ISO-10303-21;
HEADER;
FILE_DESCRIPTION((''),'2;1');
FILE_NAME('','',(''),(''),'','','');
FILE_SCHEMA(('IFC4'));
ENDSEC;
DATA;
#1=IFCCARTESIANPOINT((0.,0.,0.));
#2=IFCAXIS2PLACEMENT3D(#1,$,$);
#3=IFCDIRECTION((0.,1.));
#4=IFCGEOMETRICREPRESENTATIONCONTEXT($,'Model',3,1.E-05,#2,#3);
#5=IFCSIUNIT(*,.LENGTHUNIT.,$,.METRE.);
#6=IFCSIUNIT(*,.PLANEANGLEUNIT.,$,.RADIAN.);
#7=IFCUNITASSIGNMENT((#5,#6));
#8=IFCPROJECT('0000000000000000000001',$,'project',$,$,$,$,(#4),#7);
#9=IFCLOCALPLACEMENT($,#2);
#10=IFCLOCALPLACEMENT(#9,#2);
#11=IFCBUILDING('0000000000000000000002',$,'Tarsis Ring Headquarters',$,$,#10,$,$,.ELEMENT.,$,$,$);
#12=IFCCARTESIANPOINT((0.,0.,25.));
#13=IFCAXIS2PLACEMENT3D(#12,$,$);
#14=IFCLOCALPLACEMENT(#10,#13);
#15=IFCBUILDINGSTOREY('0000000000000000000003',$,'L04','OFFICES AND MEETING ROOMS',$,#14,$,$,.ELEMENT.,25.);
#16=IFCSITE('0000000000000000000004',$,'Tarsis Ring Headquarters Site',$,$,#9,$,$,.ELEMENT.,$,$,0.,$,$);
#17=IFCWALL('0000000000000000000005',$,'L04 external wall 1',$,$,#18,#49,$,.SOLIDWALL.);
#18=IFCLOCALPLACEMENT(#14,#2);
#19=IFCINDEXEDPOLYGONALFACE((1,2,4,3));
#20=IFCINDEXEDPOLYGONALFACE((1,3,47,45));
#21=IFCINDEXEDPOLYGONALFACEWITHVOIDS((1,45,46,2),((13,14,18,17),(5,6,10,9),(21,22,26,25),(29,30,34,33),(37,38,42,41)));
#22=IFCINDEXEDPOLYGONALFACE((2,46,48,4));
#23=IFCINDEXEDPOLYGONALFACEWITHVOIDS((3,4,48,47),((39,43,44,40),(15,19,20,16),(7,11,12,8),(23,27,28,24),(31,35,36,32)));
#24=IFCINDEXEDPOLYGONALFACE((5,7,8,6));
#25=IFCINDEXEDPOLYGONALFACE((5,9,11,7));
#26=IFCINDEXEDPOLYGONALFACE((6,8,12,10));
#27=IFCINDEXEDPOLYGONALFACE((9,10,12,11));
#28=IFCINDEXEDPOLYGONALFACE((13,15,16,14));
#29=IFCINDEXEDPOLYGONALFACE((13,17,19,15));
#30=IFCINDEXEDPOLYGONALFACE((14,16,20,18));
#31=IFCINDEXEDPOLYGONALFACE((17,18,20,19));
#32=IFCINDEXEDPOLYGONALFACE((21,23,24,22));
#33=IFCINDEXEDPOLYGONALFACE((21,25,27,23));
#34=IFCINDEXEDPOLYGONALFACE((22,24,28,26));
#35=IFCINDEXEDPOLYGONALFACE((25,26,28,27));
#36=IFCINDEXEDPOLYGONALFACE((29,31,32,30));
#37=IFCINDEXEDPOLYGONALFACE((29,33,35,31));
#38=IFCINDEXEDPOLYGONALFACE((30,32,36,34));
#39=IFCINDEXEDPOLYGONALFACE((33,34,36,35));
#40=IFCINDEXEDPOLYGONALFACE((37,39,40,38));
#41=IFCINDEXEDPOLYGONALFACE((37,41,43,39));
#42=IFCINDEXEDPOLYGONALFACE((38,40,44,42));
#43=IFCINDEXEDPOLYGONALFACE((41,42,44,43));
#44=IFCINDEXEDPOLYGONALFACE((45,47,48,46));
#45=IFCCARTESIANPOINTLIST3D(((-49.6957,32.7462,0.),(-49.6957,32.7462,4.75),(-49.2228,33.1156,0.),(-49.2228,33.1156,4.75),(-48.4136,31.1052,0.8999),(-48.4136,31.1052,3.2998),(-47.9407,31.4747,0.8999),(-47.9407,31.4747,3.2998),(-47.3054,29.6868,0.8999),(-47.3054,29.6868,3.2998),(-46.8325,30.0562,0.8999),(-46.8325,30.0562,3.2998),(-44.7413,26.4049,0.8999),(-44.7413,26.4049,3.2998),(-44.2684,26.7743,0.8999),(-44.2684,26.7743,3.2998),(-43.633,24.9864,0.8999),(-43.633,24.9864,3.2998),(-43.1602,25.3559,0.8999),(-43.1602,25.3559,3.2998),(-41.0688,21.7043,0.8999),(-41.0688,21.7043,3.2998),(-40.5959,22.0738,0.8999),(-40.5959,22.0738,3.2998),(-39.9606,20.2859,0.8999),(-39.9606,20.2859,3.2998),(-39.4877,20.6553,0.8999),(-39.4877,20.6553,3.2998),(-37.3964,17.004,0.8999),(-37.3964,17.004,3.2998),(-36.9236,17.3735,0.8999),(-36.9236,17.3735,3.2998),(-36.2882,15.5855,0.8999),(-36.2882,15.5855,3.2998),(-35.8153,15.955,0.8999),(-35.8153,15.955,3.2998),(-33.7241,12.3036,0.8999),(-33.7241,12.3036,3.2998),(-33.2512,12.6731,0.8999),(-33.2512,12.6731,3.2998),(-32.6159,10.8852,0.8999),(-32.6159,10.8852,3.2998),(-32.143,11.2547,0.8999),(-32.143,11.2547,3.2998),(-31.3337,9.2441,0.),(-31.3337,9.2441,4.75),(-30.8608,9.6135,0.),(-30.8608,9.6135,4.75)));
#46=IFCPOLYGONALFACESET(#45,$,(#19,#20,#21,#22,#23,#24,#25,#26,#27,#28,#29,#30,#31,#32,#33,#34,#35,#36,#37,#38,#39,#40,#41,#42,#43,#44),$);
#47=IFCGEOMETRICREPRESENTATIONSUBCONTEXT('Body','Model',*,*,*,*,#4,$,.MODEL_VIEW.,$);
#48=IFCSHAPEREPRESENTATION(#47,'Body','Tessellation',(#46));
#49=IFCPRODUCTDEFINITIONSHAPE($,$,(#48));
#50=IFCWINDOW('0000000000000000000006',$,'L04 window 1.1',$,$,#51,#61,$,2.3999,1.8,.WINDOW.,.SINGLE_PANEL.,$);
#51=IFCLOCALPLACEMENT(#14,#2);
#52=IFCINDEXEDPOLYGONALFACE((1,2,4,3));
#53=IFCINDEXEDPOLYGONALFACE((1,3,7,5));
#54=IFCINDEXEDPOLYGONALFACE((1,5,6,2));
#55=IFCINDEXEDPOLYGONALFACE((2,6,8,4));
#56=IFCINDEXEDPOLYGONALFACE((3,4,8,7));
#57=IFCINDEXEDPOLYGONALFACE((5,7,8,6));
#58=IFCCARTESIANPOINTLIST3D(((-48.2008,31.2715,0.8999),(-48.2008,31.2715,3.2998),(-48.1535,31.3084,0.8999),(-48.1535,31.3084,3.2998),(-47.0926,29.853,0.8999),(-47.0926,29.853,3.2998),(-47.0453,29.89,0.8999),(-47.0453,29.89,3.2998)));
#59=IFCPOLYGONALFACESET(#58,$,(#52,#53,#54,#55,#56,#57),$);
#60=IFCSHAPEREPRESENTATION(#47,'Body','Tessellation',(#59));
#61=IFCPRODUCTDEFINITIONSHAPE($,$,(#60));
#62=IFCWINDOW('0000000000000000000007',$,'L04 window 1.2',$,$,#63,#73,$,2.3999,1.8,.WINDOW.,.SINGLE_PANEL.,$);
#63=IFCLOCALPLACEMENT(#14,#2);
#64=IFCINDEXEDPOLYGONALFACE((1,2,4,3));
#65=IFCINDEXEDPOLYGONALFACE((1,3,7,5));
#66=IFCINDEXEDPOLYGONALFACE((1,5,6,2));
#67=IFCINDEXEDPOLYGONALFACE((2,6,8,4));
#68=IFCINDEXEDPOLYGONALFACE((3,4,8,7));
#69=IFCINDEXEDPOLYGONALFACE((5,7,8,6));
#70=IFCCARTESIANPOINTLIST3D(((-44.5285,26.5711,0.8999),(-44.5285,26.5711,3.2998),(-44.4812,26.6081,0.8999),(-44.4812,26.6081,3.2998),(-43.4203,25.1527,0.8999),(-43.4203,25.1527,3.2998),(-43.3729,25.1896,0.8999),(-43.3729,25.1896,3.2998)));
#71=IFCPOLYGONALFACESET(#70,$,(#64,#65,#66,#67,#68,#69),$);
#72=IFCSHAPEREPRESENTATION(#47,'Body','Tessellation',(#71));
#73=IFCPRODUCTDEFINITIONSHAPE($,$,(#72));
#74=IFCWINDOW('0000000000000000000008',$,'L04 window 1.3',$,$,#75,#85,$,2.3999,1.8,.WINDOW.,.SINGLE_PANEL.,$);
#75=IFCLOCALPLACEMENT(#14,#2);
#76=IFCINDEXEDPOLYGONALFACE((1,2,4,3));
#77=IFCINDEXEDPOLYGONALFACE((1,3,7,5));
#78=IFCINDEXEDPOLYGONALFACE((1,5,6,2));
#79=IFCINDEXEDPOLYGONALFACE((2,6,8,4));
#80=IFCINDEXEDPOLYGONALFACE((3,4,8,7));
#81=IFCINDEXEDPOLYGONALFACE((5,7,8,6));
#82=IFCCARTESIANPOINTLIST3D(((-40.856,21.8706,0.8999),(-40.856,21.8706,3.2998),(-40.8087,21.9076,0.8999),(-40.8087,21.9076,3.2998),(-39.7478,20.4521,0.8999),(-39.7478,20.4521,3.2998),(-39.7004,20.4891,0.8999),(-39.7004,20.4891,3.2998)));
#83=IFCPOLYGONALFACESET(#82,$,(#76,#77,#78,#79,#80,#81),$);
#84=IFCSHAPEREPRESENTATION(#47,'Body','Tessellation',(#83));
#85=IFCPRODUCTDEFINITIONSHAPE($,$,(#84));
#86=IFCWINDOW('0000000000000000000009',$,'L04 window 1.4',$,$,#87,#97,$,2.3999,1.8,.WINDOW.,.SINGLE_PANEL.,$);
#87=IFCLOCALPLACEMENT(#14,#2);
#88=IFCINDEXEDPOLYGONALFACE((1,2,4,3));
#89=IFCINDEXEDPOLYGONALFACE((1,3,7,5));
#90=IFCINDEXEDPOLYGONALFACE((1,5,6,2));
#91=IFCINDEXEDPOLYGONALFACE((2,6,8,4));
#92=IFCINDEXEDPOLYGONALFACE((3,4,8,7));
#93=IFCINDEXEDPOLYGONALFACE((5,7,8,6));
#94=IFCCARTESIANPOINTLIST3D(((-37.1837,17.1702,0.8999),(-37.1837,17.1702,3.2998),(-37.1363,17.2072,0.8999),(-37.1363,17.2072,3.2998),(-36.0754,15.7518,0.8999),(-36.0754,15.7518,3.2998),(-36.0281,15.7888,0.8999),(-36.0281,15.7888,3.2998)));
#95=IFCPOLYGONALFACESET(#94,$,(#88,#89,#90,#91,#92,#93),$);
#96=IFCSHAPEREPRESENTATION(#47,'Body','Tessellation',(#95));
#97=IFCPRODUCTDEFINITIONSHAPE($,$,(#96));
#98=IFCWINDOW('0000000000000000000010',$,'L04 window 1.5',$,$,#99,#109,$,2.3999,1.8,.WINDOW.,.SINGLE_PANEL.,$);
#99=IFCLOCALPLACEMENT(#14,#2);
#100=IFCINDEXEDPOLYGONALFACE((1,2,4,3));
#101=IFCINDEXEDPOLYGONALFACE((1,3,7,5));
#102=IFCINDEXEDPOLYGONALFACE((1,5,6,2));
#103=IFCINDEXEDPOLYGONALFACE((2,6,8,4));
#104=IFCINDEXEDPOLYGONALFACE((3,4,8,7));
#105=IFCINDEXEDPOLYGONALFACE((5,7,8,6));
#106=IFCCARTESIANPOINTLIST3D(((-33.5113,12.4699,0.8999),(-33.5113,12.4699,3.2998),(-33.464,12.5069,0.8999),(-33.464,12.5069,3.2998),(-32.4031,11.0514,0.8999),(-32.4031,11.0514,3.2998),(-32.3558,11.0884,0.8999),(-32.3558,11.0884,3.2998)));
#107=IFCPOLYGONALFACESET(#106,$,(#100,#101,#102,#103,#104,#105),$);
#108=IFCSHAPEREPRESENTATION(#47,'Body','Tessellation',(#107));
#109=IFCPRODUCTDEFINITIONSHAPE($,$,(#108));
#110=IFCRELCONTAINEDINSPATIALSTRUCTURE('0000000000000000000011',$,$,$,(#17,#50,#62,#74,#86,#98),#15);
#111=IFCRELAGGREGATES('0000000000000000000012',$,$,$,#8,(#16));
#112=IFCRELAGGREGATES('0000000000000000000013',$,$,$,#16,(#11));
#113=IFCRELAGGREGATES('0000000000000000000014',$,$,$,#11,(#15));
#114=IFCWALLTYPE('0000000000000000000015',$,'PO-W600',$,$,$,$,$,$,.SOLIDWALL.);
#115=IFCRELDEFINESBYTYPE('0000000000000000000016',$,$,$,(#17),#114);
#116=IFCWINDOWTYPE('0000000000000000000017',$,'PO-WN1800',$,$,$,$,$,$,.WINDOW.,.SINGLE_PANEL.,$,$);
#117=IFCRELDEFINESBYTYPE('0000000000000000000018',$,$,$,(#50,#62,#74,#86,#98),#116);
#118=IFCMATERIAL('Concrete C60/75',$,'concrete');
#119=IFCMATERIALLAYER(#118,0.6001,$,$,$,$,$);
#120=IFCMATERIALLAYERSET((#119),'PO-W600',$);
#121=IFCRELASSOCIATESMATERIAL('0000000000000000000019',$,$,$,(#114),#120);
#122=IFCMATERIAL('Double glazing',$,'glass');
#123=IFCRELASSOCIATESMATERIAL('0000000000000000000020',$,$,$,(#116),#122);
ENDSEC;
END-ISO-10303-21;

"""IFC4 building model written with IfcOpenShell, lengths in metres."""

from ifc_helpers import new_model, si_unit, direction, frame, frame_2d, origin, place, context, subcontext, project, spatial, rectangle, extrude, material, layer, layer_set, type_object, element, fill, save


model = new_model("IFC4")

# Units and contexts
model_context = context("Model", 3, precision=1e-05, world=origin(), true_north=direction((0.0, 1.0)))
body_context = subcontext(model_context, "Body", "Model", "MODEL_VIEW")
ifc_project = project(units=[si_unit("LENGTHUNIT", "METRE"), si_unit("PLANEANGLEUNIT", "RADIAN")], contexts=[model_context])

# Site, building, storey
site_placement = place(None, origin())
site = spatial("IfcSite", under=ifc_project, at=site_placement, Name="Tarsis Ring Headquarters Site", CompositionType="ELEMENT", RefElevation=0.0)
building_placement = place(site_placement, origin())
building = spatial("IfcBuilding", under=site, at=building_placement, Name="Tarsis Ring Headquarters", CompositionType="ELEMENT")
storey_placement = place(building_placement, frame((0.0, 0.0, 25.0)))
storey = spatial("IfcBuildingStorey", under=building, at=storey_placement, Name="L04", Description="OFFICES AND MEETING ROOMS", CompositionType="ELEMENT", Elevation=25.0)

# Wall, openings, windows
ifc_material_1 = material(Name="Concrete C60/75", Category="concrete")
ifc_layer_1 = layer(ifc_material_1, 0.6001)
ifc_layer_set_1 = layer_set([ifc_layer_1], Name="PO-W600")
wall_type_1 = type_object("IfcWallType", Name="PO-W600", PredefinedType="SOLIDWALL", material=ifc_layer_set_1)
wall_1_placement = place(storey_placement, frame((-49.4592, 32.9309, 0.0), z_axis=(0.0, 0.0, 1.0), x_axis=(0.615664, -0.788009, 0.0)))
wall_1 = element("IfcWall", 1, at=wall_1_placement, inside=storey, type_object=wall_type_1, Name="L04 external wall 1", PredefinedType="SOLIDWALL", context=body_context, shape_type="SweptSolid", body=[
    extrude(rectangle(XDim=29.8247, YDim=0.6001, at=frame_2d((14.9124, 0.0))), origin(), (0.0, 0.0, 1.0), 4.75),
])
opening_1_placement = place(wall_1_placement, frame((2.0825, 0.0, 0.8999)))
opening_1 = element("IfcOpeningElement", 2, at=opening_1_placement, cuts=wall_1, PredefinedType="OPENING", context=body_context, shape_type="SweptSolid", body=[
    extrude(rectangle(XDim=1.8, YDim=2.3999, at=frame_2d((0.8999, 1.2))), frame((0.0, 0.3101, 0.0), z_axis=(0.0, -1.0, 0.0), x_axis=(1.0, 0.0, 0.0)), (0.0, 0.0, 1.0), 0.6201),
])
opening_2_placement = place(wall_1_placement, frame((8.0474, 0.0, 0.8999)))
opening_2 = element("IfcOpeningElement", 3, at=opening_2_placement, cuts=wall_1, PredefinedType="OPENING", context=body_context, shape_type="SweptSolid", body=[
    extrude(rectangle(XDim=1.8, YDim=2.3999, at=frame_2d((0.8999, 1.2))), frame((0.0, 0.3101, 0.0), z_axis=(0.0, -1.0, 0.0), x_axis=(1.0, 0.0, 0.0)), (0.0, 0.0, 1.0), 0.6201),
])
opening_3_placement = place(wall_1_placement, frame((14.0125, 0.0, 0.8999)))
opening_3 = element("IfcOpeningElement", 4, at=opening_3_placement, cuts=wall_1, PredefinedType="OPENING", context=body_context, shape_type="SweptSolid", body=[
    extrude(rectangle(XDim=1.8, YDim=2.3999, at=frame_2d((0.8999, 1.2))), frame((0.0, 0.3101, 0.0), z_axis=(0.0, -1.0, 0.0), x_axis=(1.0, 0.0, 0.0)), (0.0, 0.0, 1.0), 0.6201),
])
opening_4_placement = place(wall_1_placement, frame((19.9773, 0.0, 0.8999)))
opening_4 = element("IfcOpeningElement", 5, at=opening_4_placement, cuts=wall_1, PredefinedType="OPENING", context=body_context, shape_type="SweptSolid", body=[
    extrude(rectangle(XDim=1.8, YDim=2.3999, at=frame_2d((0.8999, 1.2))), frame((0.0, 0.3101, 0.0), z_axis=(0.0, -1.0, 0.0), x_axis=(1.0, 0.0, 0.0)), (0.0, 0.0, 1.0), 0.6201),
])
opening_5_placement = place(wall_1_placement, frame((25.9421, 0.0, 0.8999)))
opening_5 = element("IfcOpeningElement", 6, at=opening_5_placement, cuts=wall_1, PredefinedType="OPENING", context=body_context, shape_type="SweptSolid", body=[
    extrude(rectangle(XDim=1.8, YDim=2.3999, at=frame_2d((0.8999, 1.2))), frame((0.0, 0.3101, 0.0), z_axis=(0.0, -1.0, 0.0), x_axis=(1.0, 0.0, 0.0)), (0.0, 0.0, 1.0), 0.6201),
])
ifc_material_2 = material(Name="Double glazing", Category="glass")
window_type = type_object("IfcWindowType", Name="PO-WN1800", PartitioningType="SINGLE_PANEL", PredefinedType="WINDOW", material=ifc_material_2)
window_1_placement = place(opening_1_placement, origin())
window_1 = element("IfcWindow", 7, at=window_1_placement, inside=storey, type_object=window_type, Name="L04 window 1.1", OverallHeight=2.3999, OverallWidth=1.8, PartitioningType="SINGLE_PANEL", PredefinedType="WINDOW", context=body_context, shape_type="SweptSolid", body=[
    extrude(rectangle(XDim=1.8, YDim=2.3999, at=frame_2d((0.8999, 1.2))), frame((0.0, 0.03, 0.0), z_axis=(0.0, -1.0, 0.0), x_axis=(1.0, 0.0, 0.0)), (0.0, 0.0, 1.0), 0.0601),
])
fill(opening_1, window_1)
window_2_placement = place(opening_2_placement, origin())
window_2 = element("IfcWindow", 8, at=window_2_placement, inside=storey, type_object=window_type, Name="L04 window 1.2", OverallHeight=2.3999, OverallWidth=1.8, PartitioningType="SINGLE_PANEL", PredefinedType="WINDOW", context=body_context, shape_type="SweptSolid", body=[
    extrude(rectangle(XDim=1.8, YDim=2.3999, at=frame_2d((0.8999, 1.2))), frame((0.0, 0.03, 0.0), z_axis=(0.0, -1.0, 0.0), x_axis=(1.0, 0.0, 0.0)), (0.0, 0.0, 1.0), 0.0601),
])
fill(opening_2, window_2)
window_3_placement = place(opening_3_placement, origin())
window_3 = element("IfcWindow", 9, at=window_3_placement, inside=storey, type_object=window_type, Name="L04 window 1.3", OverallHeight=2.3999, OverallWidth=1.8, PartitioningType="SINGLE_PANEL", PredefinedType="WINDOW", context=body_context, shape_type="SweptSolid", body=[
    extrude(rectangle(XDim=1.8, YDim=2.3999, at=frame_2d((0.8999, 1.2))), frame((0.0, 0.03, 0.0), z_axis=(0.0, -1.0, 0.0), x_axis=(1.0, 0.0, 0.0)), (0.0, 0.0, 1.0), 0.0601),
])
fill(opening_3, window_3)
window_4_placement = place(opening_4_placement, origin())
window_4 = element("IfcWindow", 10, at=window_4_placement, inside=storey, type_object=window_type, Name="L04 window 1.4", OverallHeight=2.3999, OverallWidth=1.8, PartitioningType="SINGLE_PANEL", PredefinedType="WINDOW", context=body_context, shape_type="SweptSolid", body=[
    extrude(rectangle(XDim=1.8, YDim=2.3999, at=frame_2d((0.8999, 1.2))), frame((0.0, 0.03, 0.0), z_axis=(0.0, -1.0, 0.0), x_axis=(1.0, 0.0, 0.0)), (0.0, 0.0, 1.0), 0.0601),
])
fill(opening_4, window_4)
window_5_placement = place(opening_5_placement, origin())
window_5 = element("IfcWindow", 11, at=window_5_placement, inside=storey, type_object=window_type, Name="L04 window 1.5", OverallHeight=2.3999, OverallWidth=1.8, PartitioningType="SINGLE_PANEL", PredefinedType="WINDOW", context=body_context, shape_type="SweptSolid", body=[
    extrude(rectangle(XDim=1.8, YDim=2.3999, at=frame_2d((0.8999, 1.2))), frame((0.0, 0.03, 0.0), z_axis=(0.0, -1.0, 0.0), x_axis=(1.0, 0.0, 0.0)), (0.0, 0.0, 1.0), 0.0601),
])
fill(opening_5, window_5)

save(model, "model.ifc")
